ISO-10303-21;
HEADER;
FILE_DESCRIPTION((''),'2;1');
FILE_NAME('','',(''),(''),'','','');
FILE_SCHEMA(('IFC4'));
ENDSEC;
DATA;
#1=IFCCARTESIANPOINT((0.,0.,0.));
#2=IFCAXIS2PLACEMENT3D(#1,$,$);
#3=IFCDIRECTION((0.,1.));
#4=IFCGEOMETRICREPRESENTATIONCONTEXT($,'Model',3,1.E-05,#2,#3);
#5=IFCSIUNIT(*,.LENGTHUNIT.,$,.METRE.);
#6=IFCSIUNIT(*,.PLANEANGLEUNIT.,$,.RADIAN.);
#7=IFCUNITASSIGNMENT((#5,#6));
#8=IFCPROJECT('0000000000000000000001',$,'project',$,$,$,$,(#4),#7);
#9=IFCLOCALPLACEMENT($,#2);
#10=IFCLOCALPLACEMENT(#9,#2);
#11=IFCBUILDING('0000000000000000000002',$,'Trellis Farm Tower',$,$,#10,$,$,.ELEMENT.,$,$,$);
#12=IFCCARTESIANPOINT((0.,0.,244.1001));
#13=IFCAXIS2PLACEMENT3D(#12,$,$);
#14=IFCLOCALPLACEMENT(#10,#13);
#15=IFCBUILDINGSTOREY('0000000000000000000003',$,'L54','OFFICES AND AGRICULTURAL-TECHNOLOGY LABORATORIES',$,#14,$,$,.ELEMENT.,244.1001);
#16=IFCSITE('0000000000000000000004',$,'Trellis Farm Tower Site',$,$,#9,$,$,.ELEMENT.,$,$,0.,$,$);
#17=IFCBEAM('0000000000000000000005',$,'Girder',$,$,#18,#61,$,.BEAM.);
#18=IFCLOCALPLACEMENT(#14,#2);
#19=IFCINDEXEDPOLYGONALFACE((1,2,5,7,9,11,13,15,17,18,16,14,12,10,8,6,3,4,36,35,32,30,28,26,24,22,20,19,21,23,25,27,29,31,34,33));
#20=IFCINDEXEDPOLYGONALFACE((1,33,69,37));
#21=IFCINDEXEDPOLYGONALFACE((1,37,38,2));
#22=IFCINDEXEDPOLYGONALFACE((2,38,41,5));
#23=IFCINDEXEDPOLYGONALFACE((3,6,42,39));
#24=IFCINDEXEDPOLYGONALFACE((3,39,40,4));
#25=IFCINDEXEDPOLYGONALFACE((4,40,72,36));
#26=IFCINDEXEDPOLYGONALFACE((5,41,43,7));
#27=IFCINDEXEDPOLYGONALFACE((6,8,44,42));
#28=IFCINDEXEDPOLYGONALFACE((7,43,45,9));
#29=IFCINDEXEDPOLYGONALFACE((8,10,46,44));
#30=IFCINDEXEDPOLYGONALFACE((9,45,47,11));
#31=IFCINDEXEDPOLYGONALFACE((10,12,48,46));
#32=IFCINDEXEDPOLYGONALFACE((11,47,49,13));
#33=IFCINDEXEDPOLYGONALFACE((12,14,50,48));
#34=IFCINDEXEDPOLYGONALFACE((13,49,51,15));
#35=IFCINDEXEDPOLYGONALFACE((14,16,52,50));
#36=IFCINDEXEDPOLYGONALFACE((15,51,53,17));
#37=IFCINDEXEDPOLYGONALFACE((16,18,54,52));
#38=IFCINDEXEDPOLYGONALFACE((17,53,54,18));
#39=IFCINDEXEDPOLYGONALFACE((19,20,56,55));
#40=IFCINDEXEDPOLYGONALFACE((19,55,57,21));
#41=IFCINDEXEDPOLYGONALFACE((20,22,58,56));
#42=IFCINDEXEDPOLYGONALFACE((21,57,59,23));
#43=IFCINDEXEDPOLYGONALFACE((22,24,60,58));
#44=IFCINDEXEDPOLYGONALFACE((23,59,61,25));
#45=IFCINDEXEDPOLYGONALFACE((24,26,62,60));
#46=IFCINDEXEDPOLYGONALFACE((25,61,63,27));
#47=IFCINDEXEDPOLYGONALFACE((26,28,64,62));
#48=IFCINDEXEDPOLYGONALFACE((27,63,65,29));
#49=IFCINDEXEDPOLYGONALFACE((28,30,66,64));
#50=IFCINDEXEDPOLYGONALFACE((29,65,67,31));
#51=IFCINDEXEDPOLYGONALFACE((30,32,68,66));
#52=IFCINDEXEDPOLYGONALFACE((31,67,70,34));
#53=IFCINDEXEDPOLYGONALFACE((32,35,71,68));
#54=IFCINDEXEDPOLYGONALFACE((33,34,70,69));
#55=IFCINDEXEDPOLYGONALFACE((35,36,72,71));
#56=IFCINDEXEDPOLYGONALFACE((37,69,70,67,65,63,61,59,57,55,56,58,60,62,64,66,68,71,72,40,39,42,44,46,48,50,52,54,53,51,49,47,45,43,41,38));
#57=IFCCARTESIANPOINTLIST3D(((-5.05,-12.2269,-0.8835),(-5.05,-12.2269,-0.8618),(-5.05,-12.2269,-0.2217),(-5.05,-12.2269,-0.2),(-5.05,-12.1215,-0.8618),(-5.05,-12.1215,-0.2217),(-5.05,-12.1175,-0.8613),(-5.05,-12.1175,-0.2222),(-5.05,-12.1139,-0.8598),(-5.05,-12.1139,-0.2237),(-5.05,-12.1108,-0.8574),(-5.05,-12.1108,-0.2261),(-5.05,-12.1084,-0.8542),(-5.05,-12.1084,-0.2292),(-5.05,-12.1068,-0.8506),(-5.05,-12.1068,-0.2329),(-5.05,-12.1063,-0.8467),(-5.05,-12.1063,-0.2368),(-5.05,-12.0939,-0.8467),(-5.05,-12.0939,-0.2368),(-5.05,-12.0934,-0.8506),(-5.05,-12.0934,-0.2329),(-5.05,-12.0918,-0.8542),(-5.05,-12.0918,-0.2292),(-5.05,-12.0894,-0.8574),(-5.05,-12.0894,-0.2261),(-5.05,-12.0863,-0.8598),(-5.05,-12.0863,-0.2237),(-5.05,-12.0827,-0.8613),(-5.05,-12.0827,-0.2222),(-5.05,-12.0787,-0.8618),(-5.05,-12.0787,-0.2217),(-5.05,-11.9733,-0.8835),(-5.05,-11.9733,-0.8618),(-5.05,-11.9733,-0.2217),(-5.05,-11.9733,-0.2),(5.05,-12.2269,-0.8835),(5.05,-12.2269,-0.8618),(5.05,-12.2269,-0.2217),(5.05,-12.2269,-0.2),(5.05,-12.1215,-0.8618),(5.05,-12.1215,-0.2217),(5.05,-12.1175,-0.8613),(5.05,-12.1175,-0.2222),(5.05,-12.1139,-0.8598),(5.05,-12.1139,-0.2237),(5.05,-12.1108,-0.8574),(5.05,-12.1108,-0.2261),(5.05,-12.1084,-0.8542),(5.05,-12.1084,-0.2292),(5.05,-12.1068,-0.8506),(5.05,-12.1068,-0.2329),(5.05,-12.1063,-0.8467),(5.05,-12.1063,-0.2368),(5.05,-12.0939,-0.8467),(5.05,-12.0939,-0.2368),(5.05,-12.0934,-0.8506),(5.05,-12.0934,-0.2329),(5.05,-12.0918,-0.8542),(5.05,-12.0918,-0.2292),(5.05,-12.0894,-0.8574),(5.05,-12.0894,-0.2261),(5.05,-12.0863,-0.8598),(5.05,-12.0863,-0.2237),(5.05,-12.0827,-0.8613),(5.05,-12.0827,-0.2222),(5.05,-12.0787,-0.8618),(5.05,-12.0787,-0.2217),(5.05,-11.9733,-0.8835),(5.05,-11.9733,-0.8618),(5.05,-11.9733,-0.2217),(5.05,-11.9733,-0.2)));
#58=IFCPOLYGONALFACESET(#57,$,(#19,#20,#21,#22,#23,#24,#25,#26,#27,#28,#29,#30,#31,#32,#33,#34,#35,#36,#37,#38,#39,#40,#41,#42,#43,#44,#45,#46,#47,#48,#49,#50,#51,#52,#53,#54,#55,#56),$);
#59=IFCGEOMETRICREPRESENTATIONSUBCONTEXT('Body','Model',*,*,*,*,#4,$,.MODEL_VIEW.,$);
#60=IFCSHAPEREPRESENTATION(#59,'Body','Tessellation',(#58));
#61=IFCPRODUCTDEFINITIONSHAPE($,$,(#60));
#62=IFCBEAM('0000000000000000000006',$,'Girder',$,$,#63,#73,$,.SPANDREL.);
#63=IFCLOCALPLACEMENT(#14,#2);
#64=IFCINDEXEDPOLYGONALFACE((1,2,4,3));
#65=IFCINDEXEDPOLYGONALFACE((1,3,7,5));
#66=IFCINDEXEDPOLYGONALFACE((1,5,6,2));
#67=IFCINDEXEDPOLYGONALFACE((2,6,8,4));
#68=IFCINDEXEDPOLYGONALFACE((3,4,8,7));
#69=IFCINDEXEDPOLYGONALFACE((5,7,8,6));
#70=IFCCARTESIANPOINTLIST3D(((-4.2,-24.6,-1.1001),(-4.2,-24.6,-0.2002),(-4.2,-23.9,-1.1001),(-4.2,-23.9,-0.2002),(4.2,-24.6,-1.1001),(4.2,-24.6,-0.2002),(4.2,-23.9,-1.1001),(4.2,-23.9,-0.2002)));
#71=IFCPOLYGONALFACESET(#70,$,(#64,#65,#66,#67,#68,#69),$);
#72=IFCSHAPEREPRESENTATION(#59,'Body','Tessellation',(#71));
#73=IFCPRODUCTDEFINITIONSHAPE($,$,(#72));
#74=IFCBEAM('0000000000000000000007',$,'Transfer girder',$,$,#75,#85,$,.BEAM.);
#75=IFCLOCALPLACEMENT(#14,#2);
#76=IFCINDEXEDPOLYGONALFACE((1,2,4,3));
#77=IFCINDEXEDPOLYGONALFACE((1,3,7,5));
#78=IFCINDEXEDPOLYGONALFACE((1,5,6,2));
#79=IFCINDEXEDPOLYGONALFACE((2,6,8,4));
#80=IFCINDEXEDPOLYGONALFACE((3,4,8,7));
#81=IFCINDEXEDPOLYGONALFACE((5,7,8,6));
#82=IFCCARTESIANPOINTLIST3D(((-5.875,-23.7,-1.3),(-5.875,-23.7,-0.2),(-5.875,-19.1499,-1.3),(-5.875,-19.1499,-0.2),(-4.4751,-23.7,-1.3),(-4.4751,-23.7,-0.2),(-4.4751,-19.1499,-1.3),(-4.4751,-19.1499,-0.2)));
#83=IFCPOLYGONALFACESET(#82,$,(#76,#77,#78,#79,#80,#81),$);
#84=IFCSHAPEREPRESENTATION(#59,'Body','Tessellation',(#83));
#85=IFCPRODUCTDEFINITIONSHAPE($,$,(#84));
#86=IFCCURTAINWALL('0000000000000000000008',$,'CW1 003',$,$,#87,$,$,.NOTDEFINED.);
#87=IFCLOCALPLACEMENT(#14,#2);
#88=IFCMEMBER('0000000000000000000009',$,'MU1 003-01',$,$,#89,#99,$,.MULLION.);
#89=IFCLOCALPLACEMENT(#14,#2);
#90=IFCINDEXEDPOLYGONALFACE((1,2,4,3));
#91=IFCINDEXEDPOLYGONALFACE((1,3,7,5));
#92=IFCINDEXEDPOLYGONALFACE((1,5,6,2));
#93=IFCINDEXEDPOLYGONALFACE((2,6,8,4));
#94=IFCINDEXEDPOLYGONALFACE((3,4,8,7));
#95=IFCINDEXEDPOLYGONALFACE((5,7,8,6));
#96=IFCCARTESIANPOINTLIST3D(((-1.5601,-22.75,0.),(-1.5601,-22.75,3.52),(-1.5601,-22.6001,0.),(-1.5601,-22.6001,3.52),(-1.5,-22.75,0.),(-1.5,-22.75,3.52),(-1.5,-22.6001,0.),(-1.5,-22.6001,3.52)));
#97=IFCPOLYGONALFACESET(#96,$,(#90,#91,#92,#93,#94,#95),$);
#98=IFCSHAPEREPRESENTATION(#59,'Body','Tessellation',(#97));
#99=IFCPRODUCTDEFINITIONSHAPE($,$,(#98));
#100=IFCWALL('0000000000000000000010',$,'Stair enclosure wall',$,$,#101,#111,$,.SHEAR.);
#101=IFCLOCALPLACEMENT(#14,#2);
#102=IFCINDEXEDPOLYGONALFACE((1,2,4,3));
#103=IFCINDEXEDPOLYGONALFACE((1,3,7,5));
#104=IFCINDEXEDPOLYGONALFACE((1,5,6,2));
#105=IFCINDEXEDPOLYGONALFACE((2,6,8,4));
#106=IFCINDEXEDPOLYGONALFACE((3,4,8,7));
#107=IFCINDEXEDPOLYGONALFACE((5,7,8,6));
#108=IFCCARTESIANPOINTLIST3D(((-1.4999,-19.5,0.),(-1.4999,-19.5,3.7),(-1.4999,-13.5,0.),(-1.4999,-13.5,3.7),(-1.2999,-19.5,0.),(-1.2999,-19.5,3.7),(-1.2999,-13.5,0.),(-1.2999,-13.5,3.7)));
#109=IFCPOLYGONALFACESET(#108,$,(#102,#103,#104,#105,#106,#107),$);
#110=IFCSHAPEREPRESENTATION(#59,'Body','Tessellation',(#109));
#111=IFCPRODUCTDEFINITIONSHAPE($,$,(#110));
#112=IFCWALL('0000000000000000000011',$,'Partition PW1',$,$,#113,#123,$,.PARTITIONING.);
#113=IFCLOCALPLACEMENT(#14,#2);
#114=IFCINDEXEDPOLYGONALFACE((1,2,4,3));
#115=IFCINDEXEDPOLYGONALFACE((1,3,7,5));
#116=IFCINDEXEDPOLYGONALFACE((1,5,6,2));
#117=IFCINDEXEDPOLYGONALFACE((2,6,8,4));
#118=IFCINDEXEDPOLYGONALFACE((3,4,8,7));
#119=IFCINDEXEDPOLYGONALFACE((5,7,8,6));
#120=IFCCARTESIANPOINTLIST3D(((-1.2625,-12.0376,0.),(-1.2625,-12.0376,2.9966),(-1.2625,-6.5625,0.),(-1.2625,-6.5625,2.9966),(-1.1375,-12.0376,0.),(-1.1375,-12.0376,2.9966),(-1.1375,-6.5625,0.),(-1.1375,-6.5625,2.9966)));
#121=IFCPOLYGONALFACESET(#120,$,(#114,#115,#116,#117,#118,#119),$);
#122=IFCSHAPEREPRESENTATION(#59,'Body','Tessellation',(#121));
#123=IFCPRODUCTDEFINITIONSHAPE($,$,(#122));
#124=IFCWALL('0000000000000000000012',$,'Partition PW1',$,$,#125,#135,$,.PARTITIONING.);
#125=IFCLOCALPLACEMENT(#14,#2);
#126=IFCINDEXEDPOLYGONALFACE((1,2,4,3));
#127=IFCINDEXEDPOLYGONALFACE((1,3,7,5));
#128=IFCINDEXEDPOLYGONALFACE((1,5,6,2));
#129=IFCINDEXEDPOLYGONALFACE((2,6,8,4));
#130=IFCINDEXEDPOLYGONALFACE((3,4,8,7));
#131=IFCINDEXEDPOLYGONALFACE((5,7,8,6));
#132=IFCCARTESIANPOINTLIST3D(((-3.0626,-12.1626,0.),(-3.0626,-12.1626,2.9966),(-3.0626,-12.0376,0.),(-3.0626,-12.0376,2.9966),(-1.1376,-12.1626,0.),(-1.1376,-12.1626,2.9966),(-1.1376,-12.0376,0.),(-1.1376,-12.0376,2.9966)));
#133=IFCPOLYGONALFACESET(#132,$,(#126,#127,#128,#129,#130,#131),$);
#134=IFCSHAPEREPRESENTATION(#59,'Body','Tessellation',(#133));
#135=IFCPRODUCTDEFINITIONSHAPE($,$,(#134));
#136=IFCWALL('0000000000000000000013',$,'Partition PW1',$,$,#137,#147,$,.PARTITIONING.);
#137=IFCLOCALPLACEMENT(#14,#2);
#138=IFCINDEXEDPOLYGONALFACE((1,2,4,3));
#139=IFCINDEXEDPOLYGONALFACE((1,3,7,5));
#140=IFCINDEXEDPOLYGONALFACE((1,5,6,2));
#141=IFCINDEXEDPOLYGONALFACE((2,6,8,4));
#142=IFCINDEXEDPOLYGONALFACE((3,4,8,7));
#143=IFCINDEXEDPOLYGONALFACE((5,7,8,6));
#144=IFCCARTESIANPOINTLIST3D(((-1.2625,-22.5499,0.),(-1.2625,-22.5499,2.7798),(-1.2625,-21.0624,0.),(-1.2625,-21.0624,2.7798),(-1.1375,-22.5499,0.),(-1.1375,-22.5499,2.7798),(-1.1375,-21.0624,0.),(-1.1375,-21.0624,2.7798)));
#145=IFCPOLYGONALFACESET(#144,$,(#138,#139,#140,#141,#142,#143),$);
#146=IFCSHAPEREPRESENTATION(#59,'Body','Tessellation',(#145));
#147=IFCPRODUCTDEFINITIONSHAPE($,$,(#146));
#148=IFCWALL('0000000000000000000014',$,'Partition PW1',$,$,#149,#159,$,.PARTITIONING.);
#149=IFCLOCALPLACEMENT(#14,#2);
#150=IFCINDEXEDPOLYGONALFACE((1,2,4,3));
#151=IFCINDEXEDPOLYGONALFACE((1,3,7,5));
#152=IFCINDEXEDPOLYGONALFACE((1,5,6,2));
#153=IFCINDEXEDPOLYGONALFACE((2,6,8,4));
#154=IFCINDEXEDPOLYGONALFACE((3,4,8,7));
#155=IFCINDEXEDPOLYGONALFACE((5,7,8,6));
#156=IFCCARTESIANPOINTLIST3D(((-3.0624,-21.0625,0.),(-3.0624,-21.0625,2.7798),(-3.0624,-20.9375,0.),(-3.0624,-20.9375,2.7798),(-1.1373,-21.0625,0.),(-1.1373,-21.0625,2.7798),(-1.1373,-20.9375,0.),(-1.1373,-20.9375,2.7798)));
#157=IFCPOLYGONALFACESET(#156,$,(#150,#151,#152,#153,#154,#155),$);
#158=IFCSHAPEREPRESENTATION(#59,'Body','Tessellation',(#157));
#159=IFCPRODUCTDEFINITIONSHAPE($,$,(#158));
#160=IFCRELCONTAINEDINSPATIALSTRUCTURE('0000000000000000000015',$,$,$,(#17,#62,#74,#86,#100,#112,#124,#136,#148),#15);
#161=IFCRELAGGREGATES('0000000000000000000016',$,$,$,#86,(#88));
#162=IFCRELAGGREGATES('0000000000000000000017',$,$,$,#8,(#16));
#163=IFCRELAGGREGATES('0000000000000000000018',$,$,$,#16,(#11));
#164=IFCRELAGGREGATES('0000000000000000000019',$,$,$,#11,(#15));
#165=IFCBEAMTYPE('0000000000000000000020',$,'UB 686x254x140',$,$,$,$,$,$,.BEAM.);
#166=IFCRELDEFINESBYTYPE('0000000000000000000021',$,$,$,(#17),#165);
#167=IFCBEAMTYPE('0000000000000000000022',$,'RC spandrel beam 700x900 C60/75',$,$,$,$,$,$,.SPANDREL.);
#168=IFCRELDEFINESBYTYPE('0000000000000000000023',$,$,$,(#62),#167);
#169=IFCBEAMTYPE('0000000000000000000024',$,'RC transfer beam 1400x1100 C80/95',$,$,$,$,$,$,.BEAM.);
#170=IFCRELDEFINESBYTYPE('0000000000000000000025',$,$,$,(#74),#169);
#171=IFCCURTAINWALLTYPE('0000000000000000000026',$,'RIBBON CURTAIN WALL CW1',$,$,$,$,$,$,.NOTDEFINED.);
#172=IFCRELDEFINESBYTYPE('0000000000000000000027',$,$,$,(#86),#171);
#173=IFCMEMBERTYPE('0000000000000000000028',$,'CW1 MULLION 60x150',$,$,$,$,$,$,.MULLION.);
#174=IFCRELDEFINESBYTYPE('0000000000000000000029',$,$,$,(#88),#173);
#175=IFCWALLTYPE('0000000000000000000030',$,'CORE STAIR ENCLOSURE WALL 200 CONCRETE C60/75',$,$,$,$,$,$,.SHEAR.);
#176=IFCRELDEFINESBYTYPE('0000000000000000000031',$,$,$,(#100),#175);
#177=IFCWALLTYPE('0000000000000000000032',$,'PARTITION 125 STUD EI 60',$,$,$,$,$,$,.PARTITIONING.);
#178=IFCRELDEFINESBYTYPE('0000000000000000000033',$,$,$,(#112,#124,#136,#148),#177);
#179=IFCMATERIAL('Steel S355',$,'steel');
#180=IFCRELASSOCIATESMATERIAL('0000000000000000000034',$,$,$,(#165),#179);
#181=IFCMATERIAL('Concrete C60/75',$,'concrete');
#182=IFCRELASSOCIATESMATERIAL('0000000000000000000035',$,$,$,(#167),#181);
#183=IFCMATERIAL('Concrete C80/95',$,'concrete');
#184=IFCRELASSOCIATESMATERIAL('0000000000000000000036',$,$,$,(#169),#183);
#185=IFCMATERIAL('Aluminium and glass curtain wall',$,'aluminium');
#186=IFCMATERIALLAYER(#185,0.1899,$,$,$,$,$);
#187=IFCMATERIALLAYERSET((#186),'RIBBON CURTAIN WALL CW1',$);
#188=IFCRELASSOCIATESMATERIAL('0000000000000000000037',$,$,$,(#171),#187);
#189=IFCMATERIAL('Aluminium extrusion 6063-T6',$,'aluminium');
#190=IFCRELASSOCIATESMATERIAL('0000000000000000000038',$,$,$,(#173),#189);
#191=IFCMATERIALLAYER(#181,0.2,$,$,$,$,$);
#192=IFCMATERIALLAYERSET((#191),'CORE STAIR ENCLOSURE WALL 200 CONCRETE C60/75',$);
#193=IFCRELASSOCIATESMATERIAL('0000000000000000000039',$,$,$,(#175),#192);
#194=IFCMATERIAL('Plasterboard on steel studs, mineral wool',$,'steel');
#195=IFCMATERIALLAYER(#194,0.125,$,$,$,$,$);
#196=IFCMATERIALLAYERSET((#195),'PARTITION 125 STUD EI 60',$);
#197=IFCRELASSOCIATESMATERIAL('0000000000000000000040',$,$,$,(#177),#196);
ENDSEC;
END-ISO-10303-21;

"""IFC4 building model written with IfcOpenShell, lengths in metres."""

from ifc_helpers import new_model, si_unit, direction, frame, frame_2d, origin, origin_2d, place, context, subcontext, project, spatial, rectangle, i_section, extrude, source, transform, mapped, material, layer, layer_set, material_profile, profile_set, type_object, element, aggregate, save


model = new_model("IFC4")

# Units and contexts
model_context = context("Model", 3, precision=1e-05, world=origin(), true_north=direction((0.0, 1.0)))
body_context = subcontext(model_context, "Body", "Model", "MODEL_VIEW")
ifc_project = project(units=[si_unit("LENGTHUNIT", "METRE"), si_unit("PLANEANGLEUNIT", "RADIAN")], contexts=[model_context])

# Site, building, storey
site_placement = place(None, origin())
site = spatial("IfcSite", under=ifc_project, at=site_placement, Name="Trellis Farm Tower Site", CompositionType="ELEMENT", RefElevation=0.0)
building_placement = place(site_placement, origin())
building = spatial("IfcBuilding", under=site, at=building_placement, Name="Trellis Farm Tower", CompositionType="ELEMENT")
storey_placement = place(building_placement, frame((0.0, 0.0, 244.1001)))
storey = spatial("IfcBuildingStorey", under=building, at=storey_placement, Name="L54", Description="OFFICES AND AGRICULTURAL-TECHNOLOGY LABORATORIES", CompositionType="ELEMENT", Elevation=244.1001)

# Shared definitions
ifc_material_1 = material(Name="Concrete C60/75", Category="concrete")

# Beams
ifc_material_2 = material(Name="Steel S355", Category="steel")
ifc_material_profile_1 = material_profile(ifc_material_2, i_section(OverallWidth=0.2537, OverallDepth=0.6836, WebThickness=0.0125, FlangeThickness=0.0217, FilletRadius=0.0151, at=origin_2d()), Name="UB 686x254x140")
ifc_profile_set_1 = profile_set([ifc_material_profile_1], Name="Steel S355")
beam_type_1 = type_object("IfcBeamType", Name="UB 686x254x140", PredefinedType="BEAM", material=ifc_profile_set_1)
shared_shape_1 = source(origin(), body_context, "Body", "SweptSolid", [
    extrude(i_section(OverallWidth=0.2537, OverallDepth=0.6836, WebThickness=0.0125, FlangeThickness=0.0217, FilletRadius=0.0151, at=origin_2d()), origin(), (0.0, 0.0, 1.0), 10.1001),
])
beam_1_placement = place(storey_placement, frame((-5.05, -12.1001, -0.5417), z_axis=(1.0, 0.0, 0.0), x_axis=(0.0, 1.0, 0.0)))
element("IfcBeam", 1, at=beam_1_placement, inside=storey, type_object=beam_type_1, Name="Girder", PredefinedType="BEAM", context=body_context, shape_type="MappedRepresentation", body=[
    mapped(shared_shape_1, transform((0.0, 0.0, 0.0))),
])
ifc_material_profile_2 = material_profile(ifc_material_1, rectangle(XDim=0.7, YDim=0.8999, at=origin_2d()), Name="RC spandrel beam 700x900 C60/75")
ifc_profile_set_2 = profile_set([ifc_material_profile_2], Name="Concrete C60/75")
beam_type_2 = type_object("IfcBeamType", Name="RC spandrel beam 700x900 C60/75", PredefinedType="SPANDREL", material=ifc_profile_set_2)
shared_shape_2 = source(origin(), body_context, "Body", "SweptSolid", [
    extrude(rectangle(XDim=0.7, YDim=0.8999, at=origin_2d()), origin(), (0.0, 0.0, 1.0), 8.3999),
])
beam_2_placement = place(storey_placement, frame((-4.2, -24.25, -0.6501), z_axis=(1.0, 0.0, 0.0), x_axis=(0.0, 1.0, 0.0)))
element("IfcBeam", 2, at=beam_2_placement, inside=storey, type_object=beam_type_2, Name="Girder", PredefinedType="SPANDREL", context=body_context, shape_type="MappedRepresentation", body=[
    mapped(shared_shape_2, transform((0.0, 0.0, 0.0))),
])
ifc_material_3 = material(Name="Concrete C80/95", Category="concrete")
ifc_material_profile_3 = material_profile(ifc_material_3, rectangle(XDim=1.3999, YDim=1.1001, at=origin_2d()), Name="RC transfer beam 1400x1100 C80/95")
ifc_profile_set_3 = profile_set([ifc_material_profile_3], Name="Concrete C80/95")
beam_type_3 = type_object("IfcBeamType", Name="RC transfer beam 1400x1100 C80/95", PredefinedType="BEAM", material=ifc_profile_set_3)
shared_shape_3 = source(origin(), body_context, "Body", "SweptSolid", [
    extrude(rectangle(XDim=1.3999, YDim=1.1001, at=origin_2d()), origin(), (0.0, 0.0, 1.0), 4.55),
])
beam_3_placement = place(storey_placement, frame((-5.175, -23.7, -0.75), z_axis=(0.0, 1.0, 0.0), x_axis=(-1.0, 0.0, 0.0)))
element("IfcBeam", 3, at=beam_3_placement, inside=storey, type_object=beam_type_3, Name="Transfer girder", PredefinedType="BEAM", context=body_context, shape_type="MappedRepresentation", body=[
    mapped(shared_shape_3, transform((0.0, 0.0, 0.0))),
])

# Curtain wall, member
ifc_material_4 = material(Name="Aluminium and glass curtain wall", Category="aluminium")
ifc_layer_1 = layer(ifc_material_4, 0.1899)
ifc_layer_set_1 = layer_set([ifc_layer_1], Name="RIBBON CURTAIN WALL CW1")
curtain_wall_type = type_object("IfcCurtainWallType", Name="RIBBON CURTAIN WALL CW1", PredefinedType="NOTDEFINED", material=ifc_layer_set_1)
placement = place(storey_placement, origin())
curtain_wall = element("IfcCurtainWall", 4, at=placement, inside=storey, type_object=curtain_wall_type, Name="CW1 003", PredefinedType="NOTDEFINED")
ifc_material_5 = material(Name="Aluminium extrusion 6063-T6", Category="aluminium")
ifc_material_profile_4 = material_profile(ifc_material_5, rectangle(XDim=0.0601, YDim=0.1499, at=origin_2d()), Name="MULLION 60x150")
ifc_profile_set_4 = profile_set([ifc_material_profile_4], Name="Aluminium extrusion 6063-T6")
member_type = type_object("IfcMemberType", Name="CW1 MULLION 60x150", PredefinedType="MULLION", material=ifc_profile_set_4)
shared_shape_4 = source(origin(), body_context, "Body", "SweptSolid", [
    extrude(rectangle(XDim=0.0601, YDim=0.1499, at=origin_2d()), origin(), (0.0, 0.0, 1.0), 3.52),
])
member_placement = place(storey_placement, frame((-1.53, -22.675, 0.0), z_axis=(0.0, 0.0, 1.0), x_axis=(1.0, 0.0, 0.0)))
member = element("IfcMember", 5, at=member_placement, type_object=member_type, Name="MU1 003-01", PredefinedType="MULLION", context=body_context, shape_type="MappedRepresentation", body=[
    mapped(shared_shape_4, transform((0.0, 0.0, 0.0))),
])
aggregate(curtain_wall, [member])

# Wall
ifc_layer_2 = layer(ifc_material_1, 0.2)
ifc_layer_set_2 = layer_set([ifc_layer_2], Name="CORE STAIR ENCLOSURE WALL 200 CONCRETE C60/75")
wall_type_1 = type_object("IfcWallType", Name="CORE STAIR ENCLOSURE WALL 200 CONCRETE C60/75", PredefinedType="SHEAR", material=ifc_layer_set_2)
shared_shape_5 = source(origin(), body_context, "Body", "SweptSolid", [
    extrude(rectangle(XDim=6.0, YDim=0.2, at=frame_2d((3.0, 0.0))), origin(), (0.0, 0.0, 1.0), 3.7),
])
wall_1_placement = place(storey_placement, frame((-1.3999, -13.5, 0.0), z_axis=(0.0, 0.0, 1.0), x_axis=(0.0, -1.0, 0.0)))
element("IfcWall", 6, at=wall_1_placement, inside=storey, type_object=wall_type_1, Name="Stair enclosure wall", PredefinedType="SHEAR", context=body_context, shape_type="MappedRepresentation", body=[
    mapped(shared_shape_5, transform((0.0, 0.0, 0.0))),
])

# Walls
ifc_material_6 = material(Name="Plasterboard on steel studs, mineral wool", Category="steel")
ifc_layer_3 = layer(ifc_material_6, 0.125)
ifc_layer_set_3 = layer_set([ifc_layer_3], Name="PARTITION 125 STUD EI 60")
wall_type_2 = type_object("IfcWallType", Name="PARTITION 125 STUD EI 60", PredefinedType="PARTITIONING", material=ifc_layer_set_3)
shared_shape_6 = source(origin(), body_context, "Body", "SweptSolid", [
    extrude(rectangle(XDim=5.4751, YDim=0.125, at=frame_2d((2.7375, 0.0))), origin(), (0.0, 0.0, 1.0), 2.9966),
])
wall_2_placement = place(storey_placement, frame((-1.2, -6.5625, 0.0), z_axis=(0.0, 0.0, 1.0), x_axis=(0.0, -1.0, 0.0)))
element("IfcWall", 7, at=wall_2_placement, inside=storey, type_object=wall_type_2, Name="Partition PW1", PredefinedType="PARTITIONING", context=body_context, shape_type="MappedRepresentation", body=[
    mapped(shared_shape_6, transform((0.0, 0.0, 0.0))),
])
shared_shape_7 = source(origin(), body_context, "Body", "SweptSolid", [
    extrude(rectangle(XDim=1.925, YDim=0.125, at=frame_2d((0.9624, 0.0))), origin(), (0.0, 0.0, 1.0), 2.9966),
])
wall_3_placement = place(storey_placement, frame((-3.0625, -12.1001, 0.0), z_axis=(0.0, 0.0, 1.0), x_axis=(1.0, 0.0, 0.0)))
element("IfcWall", 8, at=wall_3_placement, inside=storey, type_object=wall_type_2, Name="Partition PW1", PredefinedType="PARTITIONING", context=body_context, shape_type="MappedRepresentation", body=[
    mapped(shared_shape_7, transform((0.0, 0.0, 0.0))),
])
shared_shape_8 = source(origin(), body_context, "Body", "SweptSolid", [
    extrude(rectangle(XDim=1.4875, YDim=0.125, at=frame_2d((0.7437, 0.0))), origin(), (0.0, 0.0, 1.0), 2.7798),
])
wall_4_placement = place(storey_placement, frame((-1.2, -21.0625, 0.0), z_axis=(0.0, 0.0, 1.0), x_axis=(0.0, -1.0, 0.0)))
element("IfcWall", 9, at=wall_4_placement, inside=storey, type_object=wall_type_2, Name="Partition PW1", PredefinedType="PARTITIONING", context=body_context, shape_type="MappedRepresentation", body=[
    mapped(shared_shape_8, transform((0.0, 0.0, 0.0))),
])
shared_shape_9 = source(origin(), body_context, "Body", "SweptSolid", [
    extrude(rectangle(XDim=1.925, YDim=0.125, at=frame_2d((0.9624, 0.0))), origin(), (0.0, 0.0, 1.0), 2.7798),
])
wall_5_placement = place(storey_placement, frame((-1.1375, -21.0, 0.0), z_axis=(0.0, 0.0, 1.0), x_axis=(-1.0, 0.0, 0.0)))
element("IfcWall", 10, at=wall_5_placement, inside=storey, type_object=wall_type_2, Name="Partition PW1", PredefinedType="PARTITIONING", context=body_context, shape_type="MappedRepresentation", body=[
    mapped(shared_shape_9, transform((0.0, 0.0, 0.0))),
])

save(model, "model.ifc")
